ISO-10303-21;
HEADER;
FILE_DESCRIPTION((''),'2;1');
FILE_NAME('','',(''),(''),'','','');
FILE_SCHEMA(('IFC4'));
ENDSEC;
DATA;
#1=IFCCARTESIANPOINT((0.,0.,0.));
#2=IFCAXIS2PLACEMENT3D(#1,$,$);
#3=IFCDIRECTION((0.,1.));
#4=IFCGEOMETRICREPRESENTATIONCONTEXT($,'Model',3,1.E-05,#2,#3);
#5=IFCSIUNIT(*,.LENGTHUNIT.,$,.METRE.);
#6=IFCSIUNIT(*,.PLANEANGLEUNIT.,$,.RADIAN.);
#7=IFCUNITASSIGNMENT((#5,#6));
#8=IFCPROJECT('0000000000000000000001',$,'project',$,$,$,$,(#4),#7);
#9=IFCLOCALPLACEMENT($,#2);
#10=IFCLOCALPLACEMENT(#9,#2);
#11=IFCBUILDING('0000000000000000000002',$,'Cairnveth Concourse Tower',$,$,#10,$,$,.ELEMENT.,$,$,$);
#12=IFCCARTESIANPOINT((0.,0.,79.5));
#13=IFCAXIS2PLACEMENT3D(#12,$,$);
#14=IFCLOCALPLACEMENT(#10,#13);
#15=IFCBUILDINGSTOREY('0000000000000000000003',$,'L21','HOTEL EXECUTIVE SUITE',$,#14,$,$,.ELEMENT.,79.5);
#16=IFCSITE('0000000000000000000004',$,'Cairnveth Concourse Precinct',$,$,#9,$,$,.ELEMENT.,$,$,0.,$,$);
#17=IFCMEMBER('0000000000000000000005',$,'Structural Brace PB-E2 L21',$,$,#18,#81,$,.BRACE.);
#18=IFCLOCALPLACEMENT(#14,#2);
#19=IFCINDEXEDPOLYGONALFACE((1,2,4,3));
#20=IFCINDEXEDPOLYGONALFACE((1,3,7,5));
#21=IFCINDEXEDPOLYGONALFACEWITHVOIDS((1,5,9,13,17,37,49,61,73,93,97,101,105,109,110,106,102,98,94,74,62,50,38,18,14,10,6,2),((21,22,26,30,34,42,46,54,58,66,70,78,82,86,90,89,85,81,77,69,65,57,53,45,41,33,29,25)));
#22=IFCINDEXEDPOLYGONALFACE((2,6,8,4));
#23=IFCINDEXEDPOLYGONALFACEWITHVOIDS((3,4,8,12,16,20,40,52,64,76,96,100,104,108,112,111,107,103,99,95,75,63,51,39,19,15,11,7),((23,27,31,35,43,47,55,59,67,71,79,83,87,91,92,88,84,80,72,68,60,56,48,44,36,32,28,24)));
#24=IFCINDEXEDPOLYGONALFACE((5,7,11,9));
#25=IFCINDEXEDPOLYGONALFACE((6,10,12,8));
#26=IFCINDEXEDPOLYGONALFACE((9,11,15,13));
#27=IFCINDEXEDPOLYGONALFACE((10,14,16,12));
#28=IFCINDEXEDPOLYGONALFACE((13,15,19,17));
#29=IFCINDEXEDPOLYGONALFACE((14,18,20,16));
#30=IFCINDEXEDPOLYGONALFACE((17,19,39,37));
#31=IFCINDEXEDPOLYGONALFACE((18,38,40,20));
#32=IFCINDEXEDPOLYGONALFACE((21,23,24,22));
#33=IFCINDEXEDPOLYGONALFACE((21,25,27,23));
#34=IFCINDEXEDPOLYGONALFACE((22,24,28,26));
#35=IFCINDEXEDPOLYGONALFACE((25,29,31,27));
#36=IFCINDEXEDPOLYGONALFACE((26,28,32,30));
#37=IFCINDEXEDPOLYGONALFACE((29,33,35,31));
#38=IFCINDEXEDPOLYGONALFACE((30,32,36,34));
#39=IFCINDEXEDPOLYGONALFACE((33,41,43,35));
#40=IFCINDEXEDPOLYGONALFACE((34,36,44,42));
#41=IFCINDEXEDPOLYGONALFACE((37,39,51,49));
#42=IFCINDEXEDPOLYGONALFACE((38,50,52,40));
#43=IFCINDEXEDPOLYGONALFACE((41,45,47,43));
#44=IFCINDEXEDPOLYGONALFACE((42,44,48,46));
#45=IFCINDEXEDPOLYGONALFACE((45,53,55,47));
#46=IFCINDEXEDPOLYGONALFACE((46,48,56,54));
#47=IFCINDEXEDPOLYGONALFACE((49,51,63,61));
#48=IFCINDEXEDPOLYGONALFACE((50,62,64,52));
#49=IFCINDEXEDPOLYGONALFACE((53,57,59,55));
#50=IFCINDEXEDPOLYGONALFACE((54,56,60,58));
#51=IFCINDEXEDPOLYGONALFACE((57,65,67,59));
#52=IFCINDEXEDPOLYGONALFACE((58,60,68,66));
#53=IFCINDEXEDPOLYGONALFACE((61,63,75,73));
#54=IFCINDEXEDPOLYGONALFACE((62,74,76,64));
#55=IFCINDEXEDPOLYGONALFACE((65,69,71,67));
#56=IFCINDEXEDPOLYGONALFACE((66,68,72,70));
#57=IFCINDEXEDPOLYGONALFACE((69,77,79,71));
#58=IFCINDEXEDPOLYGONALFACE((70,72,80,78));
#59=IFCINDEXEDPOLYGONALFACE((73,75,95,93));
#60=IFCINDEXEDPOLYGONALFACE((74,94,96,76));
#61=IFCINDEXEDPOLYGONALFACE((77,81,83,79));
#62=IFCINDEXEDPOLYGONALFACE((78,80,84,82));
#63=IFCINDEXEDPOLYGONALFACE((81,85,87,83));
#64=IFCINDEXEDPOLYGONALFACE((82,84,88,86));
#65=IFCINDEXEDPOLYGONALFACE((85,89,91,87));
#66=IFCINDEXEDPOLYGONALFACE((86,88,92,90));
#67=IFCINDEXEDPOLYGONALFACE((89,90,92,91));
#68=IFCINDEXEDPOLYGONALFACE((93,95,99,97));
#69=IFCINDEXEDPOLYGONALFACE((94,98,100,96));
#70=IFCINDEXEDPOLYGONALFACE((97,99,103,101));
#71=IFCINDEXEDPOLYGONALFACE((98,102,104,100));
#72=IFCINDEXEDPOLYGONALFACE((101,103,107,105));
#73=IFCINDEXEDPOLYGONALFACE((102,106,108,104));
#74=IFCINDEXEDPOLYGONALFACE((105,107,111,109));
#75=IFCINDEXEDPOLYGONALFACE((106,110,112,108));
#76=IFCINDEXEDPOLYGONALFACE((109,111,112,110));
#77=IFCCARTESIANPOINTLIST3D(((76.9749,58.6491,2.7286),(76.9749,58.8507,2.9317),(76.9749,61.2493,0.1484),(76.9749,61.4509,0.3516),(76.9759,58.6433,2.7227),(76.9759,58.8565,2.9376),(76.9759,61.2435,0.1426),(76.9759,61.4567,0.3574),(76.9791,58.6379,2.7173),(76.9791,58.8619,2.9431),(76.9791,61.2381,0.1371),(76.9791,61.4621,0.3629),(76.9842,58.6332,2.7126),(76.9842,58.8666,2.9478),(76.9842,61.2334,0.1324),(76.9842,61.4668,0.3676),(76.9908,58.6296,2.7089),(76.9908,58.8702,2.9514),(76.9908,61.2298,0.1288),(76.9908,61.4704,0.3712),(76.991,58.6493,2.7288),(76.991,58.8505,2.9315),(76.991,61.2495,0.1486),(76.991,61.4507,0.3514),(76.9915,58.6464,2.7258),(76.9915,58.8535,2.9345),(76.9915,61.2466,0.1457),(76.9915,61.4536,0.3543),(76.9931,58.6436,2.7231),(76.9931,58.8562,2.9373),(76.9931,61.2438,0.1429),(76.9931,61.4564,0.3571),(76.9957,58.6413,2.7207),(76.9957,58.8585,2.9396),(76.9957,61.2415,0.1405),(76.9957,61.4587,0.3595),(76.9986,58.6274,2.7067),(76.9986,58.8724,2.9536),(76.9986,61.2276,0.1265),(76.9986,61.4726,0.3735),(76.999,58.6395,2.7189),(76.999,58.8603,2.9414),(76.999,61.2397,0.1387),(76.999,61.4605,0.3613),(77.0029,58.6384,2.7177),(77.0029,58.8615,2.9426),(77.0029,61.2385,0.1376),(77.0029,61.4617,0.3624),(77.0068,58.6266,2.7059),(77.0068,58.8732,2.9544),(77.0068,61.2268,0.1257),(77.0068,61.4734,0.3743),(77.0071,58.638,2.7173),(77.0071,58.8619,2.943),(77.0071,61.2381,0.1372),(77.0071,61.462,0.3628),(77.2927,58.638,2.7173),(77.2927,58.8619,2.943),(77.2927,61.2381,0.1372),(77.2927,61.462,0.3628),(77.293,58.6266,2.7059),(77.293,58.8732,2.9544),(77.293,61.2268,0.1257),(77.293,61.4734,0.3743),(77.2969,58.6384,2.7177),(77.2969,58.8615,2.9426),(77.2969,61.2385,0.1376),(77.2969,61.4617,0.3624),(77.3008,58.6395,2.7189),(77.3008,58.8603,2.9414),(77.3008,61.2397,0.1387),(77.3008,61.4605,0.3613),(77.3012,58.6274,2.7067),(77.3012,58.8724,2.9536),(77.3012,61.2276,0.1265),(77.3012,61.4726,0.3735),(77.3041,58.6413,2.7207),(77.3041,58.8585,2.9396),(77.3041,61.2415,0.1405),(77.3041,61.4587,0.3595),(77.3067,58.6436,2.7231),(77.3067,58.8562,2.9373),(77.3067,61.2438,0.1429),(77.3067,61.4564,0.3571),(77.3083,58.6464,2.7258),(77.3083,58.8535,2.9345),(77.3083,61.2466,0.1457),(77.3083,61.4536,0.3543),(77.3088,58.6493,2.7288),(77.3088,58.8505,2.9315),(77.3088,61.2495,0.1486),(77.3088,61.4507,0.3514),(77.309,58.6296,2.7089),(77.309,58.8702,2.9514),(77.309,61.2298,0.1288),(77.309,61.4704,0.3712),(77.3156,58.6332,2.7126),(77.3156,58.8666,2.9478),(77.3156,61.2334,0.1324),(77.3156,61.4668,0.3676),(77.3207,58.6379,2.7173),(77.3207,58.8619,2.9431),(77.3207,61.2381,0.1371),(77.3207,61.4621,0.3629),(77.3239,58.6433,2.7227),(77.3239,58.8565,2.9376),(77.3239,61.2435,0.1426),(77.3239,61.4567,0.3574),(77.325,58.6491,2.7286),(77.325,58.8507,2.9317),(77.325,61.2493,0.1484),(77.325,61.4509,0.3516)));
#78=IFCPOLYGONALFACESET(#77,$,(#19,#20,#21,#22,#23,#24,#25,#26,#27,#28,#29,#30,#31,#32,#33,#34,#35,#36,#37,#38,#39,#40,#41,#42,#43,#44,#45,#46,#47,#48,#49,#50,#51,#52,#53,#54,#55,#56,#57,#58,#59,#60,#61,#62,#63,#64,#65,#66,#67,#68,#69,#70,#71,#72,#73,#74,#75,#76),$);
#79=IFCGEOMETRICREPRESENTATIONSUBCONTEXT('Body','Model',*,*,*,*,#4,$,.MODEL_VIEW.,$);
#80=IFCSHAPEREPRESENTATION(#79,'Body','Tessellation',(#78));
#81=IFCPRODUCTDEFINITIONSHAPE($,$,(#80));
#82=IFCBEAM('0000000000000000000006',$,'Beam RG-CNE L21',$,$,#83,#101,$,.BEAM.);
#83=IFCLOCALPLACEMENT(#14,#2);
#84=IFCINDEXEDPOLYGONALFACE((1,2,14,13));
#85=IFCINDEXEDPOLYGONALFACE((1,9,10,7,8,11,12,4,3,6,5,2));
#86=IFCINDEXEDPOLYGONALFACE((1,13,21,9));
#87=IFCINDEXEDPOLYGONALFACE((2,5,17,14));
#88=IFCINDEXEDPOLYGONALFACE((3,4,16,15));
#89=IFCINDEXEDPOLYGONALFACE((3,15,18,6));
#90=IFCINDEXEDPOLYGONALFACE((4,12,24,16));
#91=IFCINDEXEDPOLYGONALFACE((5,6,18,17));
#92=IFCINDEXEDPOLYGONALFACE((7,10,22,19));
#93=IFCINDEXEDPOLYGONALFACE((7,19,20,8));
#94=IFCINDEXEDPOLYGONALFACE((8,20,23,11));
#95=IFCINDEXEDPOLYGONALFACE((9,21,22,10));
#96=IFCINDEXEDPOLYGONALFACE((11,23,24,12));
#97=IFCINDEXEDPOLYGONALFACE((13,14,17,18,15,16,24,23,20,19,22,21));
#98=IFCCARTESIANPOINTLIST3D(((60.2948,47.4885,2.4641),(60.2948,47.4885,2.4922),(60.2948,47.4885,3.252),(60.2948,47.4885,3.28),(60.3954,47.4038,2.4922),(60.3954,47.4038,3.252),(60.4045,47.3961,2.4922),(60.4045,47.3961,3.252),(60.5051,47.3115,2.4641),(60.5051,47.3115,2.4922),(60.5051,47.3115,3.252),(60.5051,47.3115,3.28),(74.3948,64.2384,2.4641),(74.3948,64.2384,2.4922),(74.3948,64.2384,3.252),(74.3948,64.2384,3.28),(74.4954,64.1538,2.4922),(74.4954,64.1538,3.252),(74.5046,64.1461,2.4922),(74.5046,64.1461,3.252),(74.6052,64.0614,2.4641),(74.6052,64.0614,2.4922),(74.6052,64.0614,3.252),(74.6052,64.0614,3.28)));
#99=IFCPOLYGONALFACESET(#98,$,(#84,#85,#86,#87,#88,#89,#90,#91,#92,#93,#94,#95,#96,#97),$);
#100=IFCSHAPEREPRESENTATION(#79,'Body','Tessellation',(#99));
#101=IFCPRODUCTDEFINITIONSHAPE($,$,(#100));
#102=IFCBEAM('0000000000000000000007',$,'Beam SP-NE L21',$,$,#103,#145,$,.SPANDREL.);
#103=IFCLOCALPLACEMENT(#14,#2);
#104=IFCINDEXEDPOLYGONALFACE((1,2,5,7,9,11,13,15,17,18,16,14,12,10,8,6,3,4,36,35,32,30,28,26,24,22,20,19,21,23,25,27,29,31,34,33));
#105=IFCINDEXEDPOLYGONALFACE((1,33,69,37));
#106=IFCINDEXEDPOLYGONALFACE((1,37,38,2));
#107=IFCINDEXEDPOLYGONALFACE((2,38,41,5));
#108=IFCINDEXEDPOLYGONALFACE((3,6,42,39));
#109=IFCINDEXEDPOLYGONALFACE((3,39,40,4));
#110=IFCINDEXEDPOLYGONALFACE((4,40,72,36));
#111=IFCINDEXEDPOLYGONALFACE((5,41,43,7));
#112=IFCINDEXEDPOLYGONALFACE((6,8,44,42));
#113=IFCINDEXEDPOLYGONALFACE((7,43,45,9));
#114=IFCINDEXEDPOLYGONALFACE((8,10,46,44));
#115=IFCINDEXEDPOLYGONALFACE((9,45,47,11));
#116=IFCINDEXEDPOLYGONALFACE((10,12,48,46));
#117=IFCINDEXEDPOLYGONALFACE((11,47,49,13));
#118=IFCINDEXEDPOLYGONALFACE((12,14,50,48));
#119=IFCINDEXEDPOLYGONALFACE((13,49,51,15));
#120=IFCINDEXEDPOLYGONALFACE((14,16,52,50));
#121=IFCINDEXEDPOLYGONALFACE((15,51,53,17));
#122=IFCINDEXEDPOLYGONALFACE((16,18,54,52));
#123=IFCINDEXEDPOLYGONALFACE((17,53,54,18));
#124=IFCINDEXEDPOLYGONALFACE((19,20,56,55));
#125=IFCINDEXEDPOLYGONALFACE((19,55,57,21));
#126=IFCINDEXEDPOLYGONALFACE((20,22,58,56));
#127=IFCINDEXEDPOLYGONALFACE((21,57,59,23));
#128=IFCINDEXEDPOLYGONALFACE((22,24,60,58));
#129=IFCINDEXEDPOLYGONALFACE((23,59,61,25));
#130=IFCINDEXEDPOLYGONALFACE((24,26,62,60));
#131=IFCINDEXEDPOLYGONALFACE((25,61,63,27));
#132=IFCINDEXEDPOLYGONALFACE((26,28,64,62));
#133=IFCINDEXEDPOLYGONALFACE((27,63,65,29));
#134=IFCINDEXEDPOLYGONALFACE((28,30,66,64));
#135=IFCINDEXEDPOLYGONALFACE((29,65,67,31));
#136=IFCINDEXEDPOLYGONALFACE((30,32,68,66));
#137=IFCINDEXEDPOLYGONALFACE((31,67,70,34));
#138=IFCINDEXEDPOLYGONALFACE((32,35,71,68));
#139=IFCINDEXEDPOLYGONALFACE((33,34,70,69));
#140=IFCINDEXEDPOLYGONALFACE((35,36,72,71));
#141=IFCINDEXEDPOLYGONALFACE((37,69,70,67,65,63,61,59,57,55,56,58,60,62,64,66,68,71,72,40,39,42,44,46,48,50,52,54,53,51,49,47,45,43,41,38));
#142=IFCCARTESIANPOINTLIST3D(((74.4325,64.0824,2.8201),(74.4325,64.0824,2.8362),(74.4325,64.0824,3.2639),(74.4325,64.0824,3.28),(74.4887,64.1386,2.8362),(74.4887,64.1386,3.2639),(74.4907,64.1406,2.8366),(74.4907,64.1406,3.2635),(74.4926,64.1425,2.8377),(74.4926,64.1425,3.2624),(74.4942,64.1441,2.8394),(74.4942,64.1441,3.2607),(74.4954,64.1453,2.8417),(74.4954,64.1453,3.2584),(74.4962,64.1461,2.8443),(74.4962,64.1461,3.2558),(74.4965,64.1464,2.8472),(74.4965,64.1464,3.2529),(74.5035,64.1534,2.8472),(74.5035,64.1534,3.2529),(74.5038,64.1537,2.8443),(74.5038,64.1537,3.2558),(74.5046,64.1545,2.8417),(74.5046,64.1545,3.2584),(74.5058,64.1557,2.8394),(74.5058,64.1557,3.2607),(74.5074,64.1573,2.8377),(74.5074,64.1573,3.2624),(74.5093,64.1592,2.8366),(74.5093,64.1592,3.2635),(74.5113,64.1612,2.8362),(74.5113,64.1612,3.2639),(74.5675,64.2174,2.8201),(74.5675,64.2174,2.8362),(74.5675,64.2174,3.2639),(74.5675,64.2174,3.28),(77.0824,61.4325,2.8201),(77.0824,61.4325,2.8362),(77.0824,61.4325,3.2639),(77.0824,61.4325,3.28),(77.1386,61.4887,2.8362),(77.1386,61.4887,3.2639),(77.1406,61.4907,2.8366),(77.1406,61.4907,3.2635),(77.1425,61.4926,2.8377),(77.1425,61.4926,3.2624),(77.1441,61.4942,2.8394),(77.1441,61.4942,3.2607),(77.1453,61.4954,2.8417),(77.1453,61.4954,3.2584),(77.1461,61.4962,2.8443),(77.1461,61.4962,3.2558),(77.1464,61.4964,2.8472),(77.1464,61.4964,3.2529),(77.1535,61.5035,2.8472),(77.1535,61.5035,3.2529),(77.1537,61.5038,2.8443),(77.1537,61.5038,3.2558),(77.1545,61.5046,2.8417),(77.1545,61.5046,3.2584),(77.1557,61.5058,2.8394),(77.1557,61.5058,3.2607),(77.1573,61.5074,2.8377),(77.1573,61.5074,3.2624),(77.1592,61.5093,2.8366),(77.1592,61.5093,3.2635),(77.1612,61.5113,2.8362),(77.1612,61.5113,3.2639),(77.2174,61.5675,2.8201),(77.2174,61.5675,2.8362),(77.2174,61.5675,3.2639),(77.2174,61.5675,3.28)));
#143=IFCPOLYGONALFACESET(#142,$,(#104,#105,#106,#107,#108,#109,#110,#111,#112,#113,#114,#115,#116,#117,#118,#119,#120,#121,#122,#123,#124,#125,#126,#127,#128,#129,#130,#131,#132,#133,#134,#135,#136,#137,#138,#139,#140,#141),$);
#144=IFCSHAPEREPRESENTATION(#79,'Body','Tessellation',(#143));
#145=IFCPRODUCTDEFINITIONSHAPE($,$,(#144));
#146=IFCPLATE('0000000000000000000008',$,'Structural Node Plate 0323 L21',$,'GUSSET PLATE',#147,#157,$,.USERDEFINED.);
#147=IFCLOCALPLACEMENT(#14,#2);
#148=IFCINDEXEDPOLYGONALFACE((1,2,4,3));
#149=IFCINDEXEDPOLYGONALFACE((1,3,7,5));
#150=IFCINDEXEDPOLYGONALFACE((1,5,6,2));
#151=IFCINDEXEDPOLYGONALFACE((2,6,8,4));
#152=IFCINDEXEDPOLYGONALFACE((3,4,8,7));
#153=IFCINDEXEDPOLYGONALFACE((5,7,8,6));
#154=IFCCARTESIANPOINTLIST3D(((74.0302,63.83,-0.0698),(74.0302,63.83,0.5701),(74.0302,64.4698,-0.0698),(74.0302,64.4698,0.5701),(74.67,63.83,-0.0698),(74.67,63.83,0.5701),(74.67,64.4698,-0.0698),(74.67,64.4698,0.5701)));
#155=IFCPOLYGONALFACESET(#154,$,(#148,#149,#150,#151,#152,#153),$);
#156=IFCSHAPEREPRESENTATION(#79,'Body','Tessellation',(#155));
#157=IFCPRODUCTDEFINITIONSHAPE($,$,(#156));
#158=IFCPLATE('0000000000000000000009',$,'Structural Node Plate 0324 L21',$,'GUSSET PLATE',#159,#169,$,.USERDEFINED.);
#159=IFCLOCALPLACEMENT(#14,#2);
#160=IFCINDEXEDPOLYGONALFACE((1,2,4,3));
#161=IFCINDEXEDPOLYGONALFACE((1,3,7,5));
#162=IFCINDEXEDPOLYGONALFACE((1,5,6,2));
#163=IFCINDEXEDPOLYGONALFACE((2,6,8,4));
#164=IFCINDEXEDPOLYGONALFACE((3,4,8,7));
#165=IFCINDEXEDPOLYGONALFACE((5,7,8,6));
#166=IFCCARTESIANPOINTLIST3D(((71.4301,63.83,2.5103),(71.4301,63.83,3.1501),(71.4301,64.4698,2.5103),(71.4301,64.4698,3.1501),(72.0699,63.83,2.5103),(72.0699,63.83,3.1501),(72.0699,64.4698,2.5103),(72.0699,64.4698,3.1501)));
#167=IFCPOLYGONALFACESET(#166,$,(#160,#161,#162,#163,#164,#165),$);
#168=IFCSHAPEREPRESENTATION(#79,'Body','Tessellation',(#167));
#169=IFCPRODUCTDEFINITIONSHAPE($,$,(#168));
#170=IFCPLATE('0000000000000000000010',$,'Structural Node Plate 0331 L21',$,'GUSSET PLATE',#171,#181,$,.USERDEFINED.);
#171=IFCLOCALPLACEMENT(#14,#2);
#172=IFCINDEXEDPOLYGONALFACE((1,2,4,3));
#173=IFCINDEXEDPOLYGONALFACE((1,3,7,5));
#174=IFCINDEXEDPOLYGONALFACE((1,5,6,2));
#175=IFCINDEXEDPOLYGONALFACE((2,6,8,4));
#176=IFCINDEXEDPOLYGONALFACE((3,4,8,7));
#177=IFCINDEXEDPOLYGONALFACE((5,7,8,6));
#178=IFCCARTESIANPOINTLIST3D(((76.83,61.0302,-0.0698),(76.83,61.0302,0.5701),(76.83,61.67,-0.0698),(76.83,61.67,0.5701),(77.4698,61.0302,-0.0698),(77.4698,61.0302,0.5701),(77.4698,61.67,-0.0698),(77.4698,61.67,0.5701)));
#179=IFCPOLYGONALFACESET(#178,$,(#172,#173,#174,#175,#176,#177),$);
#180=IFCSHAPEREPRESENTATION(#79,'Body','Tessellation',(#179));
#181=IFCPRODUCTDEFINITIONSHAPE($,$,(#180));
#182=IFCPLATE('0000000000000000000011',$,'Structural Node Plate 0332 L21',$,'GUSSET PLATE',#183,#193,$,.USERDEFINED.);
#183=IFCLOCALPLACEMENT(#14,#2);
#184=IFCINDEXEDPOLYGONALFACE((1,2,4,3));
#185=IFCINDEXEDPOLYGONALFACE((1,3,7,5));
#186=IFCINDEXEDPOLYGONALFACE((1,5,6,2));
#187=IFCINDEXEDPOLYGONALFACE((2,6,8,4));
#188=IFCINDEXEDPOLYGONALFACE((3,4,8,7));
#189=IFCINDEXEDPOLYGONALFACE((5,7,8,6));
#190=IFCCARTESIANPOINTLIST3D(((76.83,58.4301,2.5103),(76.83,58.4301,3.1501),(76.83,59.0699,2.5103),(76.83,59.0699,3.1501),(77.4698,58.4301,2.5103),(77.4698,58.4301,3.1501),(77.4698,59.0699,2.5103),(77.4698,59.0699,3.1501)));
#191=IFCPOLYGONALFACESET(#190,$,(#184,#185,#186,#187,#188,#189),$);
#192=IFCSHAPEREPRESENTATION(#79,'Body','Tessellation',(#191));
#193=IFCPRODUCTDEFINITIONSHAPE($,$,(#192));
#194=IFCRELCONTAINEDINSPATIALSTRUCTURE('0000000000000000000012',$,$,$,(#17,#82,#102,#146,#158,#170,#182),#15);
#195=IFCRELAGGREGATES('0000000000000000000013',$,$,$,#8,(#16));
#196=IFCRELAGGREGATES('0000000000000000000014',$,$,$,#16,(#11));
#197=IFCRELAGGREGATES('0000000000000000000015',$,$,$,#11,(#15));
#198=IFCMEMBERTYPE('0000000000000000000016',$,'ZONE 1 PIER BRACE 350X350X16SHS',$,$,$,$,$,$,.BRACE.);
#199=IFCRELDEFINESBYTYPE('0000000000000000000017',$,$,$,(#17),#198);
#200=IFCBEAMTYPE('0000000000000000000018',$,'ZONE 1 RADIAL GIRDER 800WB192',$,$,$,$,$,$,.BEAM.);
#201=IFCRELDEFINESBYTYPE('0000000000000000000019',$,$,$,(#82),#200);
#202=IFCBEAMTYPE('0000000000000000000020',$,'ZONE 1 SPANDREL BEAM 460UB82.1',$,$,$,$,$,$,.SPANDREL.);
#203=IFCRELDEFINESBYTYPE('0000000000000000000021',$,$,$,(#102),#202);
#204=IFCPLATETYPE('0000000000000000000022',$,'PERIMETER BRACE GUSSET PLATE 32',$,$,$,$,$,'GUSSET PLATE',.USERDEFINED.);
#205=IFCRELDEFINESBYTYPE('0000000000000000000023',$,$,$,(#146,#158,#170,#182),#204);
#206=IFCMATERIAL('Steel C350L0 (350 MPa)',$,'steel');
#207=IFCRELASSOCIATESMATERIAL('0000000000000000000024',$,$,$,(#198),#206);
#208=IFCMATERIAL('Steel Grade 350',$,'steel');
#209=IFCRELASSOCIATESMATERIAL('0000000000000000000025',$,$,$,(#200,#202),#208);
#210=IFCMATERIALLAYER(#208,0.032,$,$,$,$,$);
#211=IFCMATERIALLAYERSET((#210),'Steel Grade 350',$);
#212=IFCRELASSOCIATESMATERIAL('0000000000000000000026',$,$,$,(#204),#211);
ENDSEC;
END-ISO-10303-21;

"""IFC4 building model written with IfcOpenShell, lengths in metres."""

from ifc_helpers import new_model, si_unit, direction, frame, origin, origin_2d, place, context, subcontext, project, spatial, rectangle, hollow_rectangle, i_section, extrude, material, layer, layer_set, material_profile, profile_set, type_object, element, save


model = new_model("IFC4")

# Units and contexts
model_context = context("Model", 3, precision=1e-05, world=origin(), true_north=direction((0.0, 1.0)))
body_context = subcontext(model_context, "Body", "Model", "MODEL_VIEW")
ifc_project = project(units=[si_unit("LENGTHUNIT", "METRE"), si_unit("PLANEANGLEUNIT", "RADIAN")], contexts=[model_context])

# Site, building, storey
site_placement = place(None, origin())
site = spatial("IfcSite", under=ifc_project, at=site_placement, Name="Cairnveth Concourse Precinct", CompositionType="ELEMENT", RefElevation=0.0)
building_placement = place(site_placement, origin())
building = spatial("IfcBuilding", under=site, at=building_placement, Name="Cairnveth Concourse Tower", CompositionType="ELEMENT")
storey_placement = place(building_placement, frame((0.0, 0.0, 79.5)))
storey = spatial("IfcBuildingStorey", under=building, at=storey_placement, Name="L21", Description="HOTEL EXECUTIVE SUITE", CompositionType="ELEMENT", Elevation=79.5)

# Shared definitions
ifc_material_1 = material(Name="Steel Grade 350", Category="steel")

# Member
ifc_material_2 = material(Name="Steel C350L0 (350 MPa)", Category="steel")
ifc_material_profile_1 = material_profile(ifc_material_2, hollow_rectangle(XDim=0.3501, YDim=0.3501, WallThickness=0.0161, InnerFilletRadius=0.0161, OuterFilletRadius=0.032, at=origin_2d()), Name="350x350x16.0SHS")
ifc_profile_set_1 = profile_set([ifc_material_profile_1], Name="Steel C350L0 (350 MPa)")
member_type = type_object("IfcMemberType", Name="ZONE 1 PIER BRACE 350X350X16SHS", PredefinedType="BRACE", material=ifc_profile_set_1)
for number, where, z_axis, x_axis, name in (
    (1, (77.1499, 61.3501, 0.25), (0.0, -0.709834, 0.704369), (1.0, 0.0, 0.0), "Structural Brace PB-E2 L21"),
):
    element("IfcMember", number, at=place(storey_placement, frame(where, z_axis=z_axis, x_axis=x_axis)), inside=storey, type_object=member_type, Name=name, PredefinedType="BRACE", context=body_context, shape_type="SweptSolid", body=[
        extrude(hollow_rectangle(XDim=0.3501, YDim=0.3501, WallThickness=0.0161, InnerFilletRadius=0.0161, OuterFilletRadius=0.032, at=origin_2d()), origin(), (0.0, 0.0, 1.0), 3.6631),
    ])

# Beams
ifc_material_profile_2 = material_profile(ifc_material_1, i_section(OverallWidth=0.2749, OverallDepth=0.8159, WebThickness=0.012, FlangeThickness=0.0281, at=origin_2d()), Name="800WB192")
ifc_profile_set_2 = profile_set([ifc_material_profile_2], Name="Steel Grade 350")
beam_type_1 = type_object("IfcBeamType", Name="ZONE 1 RADIAL GIRDER 800WB192", PredefinedType="BEAM", material=ifc_profile_set_2)
beam_1_placement = place(storey_placement, frame((74.5, 64.1499, 2.8721), z_axis=(-0.643998, -0.765027, 0.0), x_axis=(0.765027, -0.643998, 0.0)))
element("IfcBeam", 2, at=beam_1_placement, inside=storey, type_object=beam_type_1, Name="Beam RG-CNE L21", PredefinedType="BEAM", context=body_context, shape_type="SweptSolid", body=[
    extrude(i_section(OverallWidth=0.2749, OverallDepth=0.8159, WebThickness=0.012, FlangeThickness=0.0281, at=origin_2d()), origin(), (0.0, 0.0, 1.0), 21.8945),
])
ifc_material_profile_3 = material_profile(ifc_material_1, i_section(OverallWidth=0.1909, OverallDepth=0.46, WebThickness=0.01, FlangeThickness=0.0161, FilletRadius=0.011, at=origin_2d()), Name="460UB82.1")
ifc_profile_set_3 = profile_set([ifc_material_profile_3], Name="Steel Grade 350")
beam_type_2 = type_object("IfcBeamType", Name="ZONE 1 SPANDREL BEAM 460UB82.1", PredefinedType="SPANDREL", material=ifc_profile_set_3)
beam_2_placement = place(storey_placement, frame((74.5, 64.1499, 3.05), z_axis=(0.707107, -0.707107, 0.0), x_axis=(0.707107, 0.707107, 0.0)))
element("IfcBeam", 3, at=beam_2_placement, inside=storey, type_object=beam_type_2, Name="Beam SP-NE L21", PredefinedType="SPANDREL", context=body_context, shape_type="SweptSolid", body=[
    extrude(i_section(OverallWidth=0.1909, OverallDepth=0.46, WebThickness=0.01, FlangeThickness=0.0161, FilletRadius=0.011, at=origin_2d()), origin(), (0.0, 0.0, 1.0), 3.7476),
])

# Plates
ifc_layer_1 = layer(ifc_material_1, 0.032)
ifc_layer_set_1 = layer_set([ifc_layer_1], Name="Steel Grade 350")
plate_type = type_object("IfcPlateType", Name="PERIMETER BRACE GUSSET PLATE 32", ElementType="GUSSET PLATE", PredefinedType="USERDEFINED", material=ifc_layer_set_1)
for number, where, z_axis, x_axis, name in (
    (4, (74.3501, 64.1499, -0.0698), (0.0, 0.0, 1.0), (1.0, 0.0, 0.0), "Structural Node Plate 0323 L21"),
    (5, (71.75, 64.1499, 2.5103), (0.0, 0.0, 1.0), (1.0, 0.0, 0.0), "Structural Node Plate 0324 L21"),
    (6, (77.1499, 61.3501, -0.0698), (0.0, 0.0, 1.0), (1.0, 0.0, 0.0), "Structural Node Plate 0331 L21"),
    (7, (77.1499, 58.75, 2.5103), (0.0, 0.0, 1.0), (1.0, 0.0, 0.0), "Structural Node Plate 0332 L21"),
):
    element("IfcPlate", number, at=place(storey_placement, frame(where, z_axis=z_axis, x_axis=x_axis)), inside=storey, type_object=plate_type, Name=name, ObjectType="GUSSET PLATE", PredefinedType="USERDEFINED", context=body_context, shape_type="SweptSolid", body=[
        extrude(rectangle(XDim=0.6399, YDim=0.6399, at=origin_2d()), origin(), (0.0, 0.0, 1.0), 0.6399),
    ])

save(model, "model.ifc")
